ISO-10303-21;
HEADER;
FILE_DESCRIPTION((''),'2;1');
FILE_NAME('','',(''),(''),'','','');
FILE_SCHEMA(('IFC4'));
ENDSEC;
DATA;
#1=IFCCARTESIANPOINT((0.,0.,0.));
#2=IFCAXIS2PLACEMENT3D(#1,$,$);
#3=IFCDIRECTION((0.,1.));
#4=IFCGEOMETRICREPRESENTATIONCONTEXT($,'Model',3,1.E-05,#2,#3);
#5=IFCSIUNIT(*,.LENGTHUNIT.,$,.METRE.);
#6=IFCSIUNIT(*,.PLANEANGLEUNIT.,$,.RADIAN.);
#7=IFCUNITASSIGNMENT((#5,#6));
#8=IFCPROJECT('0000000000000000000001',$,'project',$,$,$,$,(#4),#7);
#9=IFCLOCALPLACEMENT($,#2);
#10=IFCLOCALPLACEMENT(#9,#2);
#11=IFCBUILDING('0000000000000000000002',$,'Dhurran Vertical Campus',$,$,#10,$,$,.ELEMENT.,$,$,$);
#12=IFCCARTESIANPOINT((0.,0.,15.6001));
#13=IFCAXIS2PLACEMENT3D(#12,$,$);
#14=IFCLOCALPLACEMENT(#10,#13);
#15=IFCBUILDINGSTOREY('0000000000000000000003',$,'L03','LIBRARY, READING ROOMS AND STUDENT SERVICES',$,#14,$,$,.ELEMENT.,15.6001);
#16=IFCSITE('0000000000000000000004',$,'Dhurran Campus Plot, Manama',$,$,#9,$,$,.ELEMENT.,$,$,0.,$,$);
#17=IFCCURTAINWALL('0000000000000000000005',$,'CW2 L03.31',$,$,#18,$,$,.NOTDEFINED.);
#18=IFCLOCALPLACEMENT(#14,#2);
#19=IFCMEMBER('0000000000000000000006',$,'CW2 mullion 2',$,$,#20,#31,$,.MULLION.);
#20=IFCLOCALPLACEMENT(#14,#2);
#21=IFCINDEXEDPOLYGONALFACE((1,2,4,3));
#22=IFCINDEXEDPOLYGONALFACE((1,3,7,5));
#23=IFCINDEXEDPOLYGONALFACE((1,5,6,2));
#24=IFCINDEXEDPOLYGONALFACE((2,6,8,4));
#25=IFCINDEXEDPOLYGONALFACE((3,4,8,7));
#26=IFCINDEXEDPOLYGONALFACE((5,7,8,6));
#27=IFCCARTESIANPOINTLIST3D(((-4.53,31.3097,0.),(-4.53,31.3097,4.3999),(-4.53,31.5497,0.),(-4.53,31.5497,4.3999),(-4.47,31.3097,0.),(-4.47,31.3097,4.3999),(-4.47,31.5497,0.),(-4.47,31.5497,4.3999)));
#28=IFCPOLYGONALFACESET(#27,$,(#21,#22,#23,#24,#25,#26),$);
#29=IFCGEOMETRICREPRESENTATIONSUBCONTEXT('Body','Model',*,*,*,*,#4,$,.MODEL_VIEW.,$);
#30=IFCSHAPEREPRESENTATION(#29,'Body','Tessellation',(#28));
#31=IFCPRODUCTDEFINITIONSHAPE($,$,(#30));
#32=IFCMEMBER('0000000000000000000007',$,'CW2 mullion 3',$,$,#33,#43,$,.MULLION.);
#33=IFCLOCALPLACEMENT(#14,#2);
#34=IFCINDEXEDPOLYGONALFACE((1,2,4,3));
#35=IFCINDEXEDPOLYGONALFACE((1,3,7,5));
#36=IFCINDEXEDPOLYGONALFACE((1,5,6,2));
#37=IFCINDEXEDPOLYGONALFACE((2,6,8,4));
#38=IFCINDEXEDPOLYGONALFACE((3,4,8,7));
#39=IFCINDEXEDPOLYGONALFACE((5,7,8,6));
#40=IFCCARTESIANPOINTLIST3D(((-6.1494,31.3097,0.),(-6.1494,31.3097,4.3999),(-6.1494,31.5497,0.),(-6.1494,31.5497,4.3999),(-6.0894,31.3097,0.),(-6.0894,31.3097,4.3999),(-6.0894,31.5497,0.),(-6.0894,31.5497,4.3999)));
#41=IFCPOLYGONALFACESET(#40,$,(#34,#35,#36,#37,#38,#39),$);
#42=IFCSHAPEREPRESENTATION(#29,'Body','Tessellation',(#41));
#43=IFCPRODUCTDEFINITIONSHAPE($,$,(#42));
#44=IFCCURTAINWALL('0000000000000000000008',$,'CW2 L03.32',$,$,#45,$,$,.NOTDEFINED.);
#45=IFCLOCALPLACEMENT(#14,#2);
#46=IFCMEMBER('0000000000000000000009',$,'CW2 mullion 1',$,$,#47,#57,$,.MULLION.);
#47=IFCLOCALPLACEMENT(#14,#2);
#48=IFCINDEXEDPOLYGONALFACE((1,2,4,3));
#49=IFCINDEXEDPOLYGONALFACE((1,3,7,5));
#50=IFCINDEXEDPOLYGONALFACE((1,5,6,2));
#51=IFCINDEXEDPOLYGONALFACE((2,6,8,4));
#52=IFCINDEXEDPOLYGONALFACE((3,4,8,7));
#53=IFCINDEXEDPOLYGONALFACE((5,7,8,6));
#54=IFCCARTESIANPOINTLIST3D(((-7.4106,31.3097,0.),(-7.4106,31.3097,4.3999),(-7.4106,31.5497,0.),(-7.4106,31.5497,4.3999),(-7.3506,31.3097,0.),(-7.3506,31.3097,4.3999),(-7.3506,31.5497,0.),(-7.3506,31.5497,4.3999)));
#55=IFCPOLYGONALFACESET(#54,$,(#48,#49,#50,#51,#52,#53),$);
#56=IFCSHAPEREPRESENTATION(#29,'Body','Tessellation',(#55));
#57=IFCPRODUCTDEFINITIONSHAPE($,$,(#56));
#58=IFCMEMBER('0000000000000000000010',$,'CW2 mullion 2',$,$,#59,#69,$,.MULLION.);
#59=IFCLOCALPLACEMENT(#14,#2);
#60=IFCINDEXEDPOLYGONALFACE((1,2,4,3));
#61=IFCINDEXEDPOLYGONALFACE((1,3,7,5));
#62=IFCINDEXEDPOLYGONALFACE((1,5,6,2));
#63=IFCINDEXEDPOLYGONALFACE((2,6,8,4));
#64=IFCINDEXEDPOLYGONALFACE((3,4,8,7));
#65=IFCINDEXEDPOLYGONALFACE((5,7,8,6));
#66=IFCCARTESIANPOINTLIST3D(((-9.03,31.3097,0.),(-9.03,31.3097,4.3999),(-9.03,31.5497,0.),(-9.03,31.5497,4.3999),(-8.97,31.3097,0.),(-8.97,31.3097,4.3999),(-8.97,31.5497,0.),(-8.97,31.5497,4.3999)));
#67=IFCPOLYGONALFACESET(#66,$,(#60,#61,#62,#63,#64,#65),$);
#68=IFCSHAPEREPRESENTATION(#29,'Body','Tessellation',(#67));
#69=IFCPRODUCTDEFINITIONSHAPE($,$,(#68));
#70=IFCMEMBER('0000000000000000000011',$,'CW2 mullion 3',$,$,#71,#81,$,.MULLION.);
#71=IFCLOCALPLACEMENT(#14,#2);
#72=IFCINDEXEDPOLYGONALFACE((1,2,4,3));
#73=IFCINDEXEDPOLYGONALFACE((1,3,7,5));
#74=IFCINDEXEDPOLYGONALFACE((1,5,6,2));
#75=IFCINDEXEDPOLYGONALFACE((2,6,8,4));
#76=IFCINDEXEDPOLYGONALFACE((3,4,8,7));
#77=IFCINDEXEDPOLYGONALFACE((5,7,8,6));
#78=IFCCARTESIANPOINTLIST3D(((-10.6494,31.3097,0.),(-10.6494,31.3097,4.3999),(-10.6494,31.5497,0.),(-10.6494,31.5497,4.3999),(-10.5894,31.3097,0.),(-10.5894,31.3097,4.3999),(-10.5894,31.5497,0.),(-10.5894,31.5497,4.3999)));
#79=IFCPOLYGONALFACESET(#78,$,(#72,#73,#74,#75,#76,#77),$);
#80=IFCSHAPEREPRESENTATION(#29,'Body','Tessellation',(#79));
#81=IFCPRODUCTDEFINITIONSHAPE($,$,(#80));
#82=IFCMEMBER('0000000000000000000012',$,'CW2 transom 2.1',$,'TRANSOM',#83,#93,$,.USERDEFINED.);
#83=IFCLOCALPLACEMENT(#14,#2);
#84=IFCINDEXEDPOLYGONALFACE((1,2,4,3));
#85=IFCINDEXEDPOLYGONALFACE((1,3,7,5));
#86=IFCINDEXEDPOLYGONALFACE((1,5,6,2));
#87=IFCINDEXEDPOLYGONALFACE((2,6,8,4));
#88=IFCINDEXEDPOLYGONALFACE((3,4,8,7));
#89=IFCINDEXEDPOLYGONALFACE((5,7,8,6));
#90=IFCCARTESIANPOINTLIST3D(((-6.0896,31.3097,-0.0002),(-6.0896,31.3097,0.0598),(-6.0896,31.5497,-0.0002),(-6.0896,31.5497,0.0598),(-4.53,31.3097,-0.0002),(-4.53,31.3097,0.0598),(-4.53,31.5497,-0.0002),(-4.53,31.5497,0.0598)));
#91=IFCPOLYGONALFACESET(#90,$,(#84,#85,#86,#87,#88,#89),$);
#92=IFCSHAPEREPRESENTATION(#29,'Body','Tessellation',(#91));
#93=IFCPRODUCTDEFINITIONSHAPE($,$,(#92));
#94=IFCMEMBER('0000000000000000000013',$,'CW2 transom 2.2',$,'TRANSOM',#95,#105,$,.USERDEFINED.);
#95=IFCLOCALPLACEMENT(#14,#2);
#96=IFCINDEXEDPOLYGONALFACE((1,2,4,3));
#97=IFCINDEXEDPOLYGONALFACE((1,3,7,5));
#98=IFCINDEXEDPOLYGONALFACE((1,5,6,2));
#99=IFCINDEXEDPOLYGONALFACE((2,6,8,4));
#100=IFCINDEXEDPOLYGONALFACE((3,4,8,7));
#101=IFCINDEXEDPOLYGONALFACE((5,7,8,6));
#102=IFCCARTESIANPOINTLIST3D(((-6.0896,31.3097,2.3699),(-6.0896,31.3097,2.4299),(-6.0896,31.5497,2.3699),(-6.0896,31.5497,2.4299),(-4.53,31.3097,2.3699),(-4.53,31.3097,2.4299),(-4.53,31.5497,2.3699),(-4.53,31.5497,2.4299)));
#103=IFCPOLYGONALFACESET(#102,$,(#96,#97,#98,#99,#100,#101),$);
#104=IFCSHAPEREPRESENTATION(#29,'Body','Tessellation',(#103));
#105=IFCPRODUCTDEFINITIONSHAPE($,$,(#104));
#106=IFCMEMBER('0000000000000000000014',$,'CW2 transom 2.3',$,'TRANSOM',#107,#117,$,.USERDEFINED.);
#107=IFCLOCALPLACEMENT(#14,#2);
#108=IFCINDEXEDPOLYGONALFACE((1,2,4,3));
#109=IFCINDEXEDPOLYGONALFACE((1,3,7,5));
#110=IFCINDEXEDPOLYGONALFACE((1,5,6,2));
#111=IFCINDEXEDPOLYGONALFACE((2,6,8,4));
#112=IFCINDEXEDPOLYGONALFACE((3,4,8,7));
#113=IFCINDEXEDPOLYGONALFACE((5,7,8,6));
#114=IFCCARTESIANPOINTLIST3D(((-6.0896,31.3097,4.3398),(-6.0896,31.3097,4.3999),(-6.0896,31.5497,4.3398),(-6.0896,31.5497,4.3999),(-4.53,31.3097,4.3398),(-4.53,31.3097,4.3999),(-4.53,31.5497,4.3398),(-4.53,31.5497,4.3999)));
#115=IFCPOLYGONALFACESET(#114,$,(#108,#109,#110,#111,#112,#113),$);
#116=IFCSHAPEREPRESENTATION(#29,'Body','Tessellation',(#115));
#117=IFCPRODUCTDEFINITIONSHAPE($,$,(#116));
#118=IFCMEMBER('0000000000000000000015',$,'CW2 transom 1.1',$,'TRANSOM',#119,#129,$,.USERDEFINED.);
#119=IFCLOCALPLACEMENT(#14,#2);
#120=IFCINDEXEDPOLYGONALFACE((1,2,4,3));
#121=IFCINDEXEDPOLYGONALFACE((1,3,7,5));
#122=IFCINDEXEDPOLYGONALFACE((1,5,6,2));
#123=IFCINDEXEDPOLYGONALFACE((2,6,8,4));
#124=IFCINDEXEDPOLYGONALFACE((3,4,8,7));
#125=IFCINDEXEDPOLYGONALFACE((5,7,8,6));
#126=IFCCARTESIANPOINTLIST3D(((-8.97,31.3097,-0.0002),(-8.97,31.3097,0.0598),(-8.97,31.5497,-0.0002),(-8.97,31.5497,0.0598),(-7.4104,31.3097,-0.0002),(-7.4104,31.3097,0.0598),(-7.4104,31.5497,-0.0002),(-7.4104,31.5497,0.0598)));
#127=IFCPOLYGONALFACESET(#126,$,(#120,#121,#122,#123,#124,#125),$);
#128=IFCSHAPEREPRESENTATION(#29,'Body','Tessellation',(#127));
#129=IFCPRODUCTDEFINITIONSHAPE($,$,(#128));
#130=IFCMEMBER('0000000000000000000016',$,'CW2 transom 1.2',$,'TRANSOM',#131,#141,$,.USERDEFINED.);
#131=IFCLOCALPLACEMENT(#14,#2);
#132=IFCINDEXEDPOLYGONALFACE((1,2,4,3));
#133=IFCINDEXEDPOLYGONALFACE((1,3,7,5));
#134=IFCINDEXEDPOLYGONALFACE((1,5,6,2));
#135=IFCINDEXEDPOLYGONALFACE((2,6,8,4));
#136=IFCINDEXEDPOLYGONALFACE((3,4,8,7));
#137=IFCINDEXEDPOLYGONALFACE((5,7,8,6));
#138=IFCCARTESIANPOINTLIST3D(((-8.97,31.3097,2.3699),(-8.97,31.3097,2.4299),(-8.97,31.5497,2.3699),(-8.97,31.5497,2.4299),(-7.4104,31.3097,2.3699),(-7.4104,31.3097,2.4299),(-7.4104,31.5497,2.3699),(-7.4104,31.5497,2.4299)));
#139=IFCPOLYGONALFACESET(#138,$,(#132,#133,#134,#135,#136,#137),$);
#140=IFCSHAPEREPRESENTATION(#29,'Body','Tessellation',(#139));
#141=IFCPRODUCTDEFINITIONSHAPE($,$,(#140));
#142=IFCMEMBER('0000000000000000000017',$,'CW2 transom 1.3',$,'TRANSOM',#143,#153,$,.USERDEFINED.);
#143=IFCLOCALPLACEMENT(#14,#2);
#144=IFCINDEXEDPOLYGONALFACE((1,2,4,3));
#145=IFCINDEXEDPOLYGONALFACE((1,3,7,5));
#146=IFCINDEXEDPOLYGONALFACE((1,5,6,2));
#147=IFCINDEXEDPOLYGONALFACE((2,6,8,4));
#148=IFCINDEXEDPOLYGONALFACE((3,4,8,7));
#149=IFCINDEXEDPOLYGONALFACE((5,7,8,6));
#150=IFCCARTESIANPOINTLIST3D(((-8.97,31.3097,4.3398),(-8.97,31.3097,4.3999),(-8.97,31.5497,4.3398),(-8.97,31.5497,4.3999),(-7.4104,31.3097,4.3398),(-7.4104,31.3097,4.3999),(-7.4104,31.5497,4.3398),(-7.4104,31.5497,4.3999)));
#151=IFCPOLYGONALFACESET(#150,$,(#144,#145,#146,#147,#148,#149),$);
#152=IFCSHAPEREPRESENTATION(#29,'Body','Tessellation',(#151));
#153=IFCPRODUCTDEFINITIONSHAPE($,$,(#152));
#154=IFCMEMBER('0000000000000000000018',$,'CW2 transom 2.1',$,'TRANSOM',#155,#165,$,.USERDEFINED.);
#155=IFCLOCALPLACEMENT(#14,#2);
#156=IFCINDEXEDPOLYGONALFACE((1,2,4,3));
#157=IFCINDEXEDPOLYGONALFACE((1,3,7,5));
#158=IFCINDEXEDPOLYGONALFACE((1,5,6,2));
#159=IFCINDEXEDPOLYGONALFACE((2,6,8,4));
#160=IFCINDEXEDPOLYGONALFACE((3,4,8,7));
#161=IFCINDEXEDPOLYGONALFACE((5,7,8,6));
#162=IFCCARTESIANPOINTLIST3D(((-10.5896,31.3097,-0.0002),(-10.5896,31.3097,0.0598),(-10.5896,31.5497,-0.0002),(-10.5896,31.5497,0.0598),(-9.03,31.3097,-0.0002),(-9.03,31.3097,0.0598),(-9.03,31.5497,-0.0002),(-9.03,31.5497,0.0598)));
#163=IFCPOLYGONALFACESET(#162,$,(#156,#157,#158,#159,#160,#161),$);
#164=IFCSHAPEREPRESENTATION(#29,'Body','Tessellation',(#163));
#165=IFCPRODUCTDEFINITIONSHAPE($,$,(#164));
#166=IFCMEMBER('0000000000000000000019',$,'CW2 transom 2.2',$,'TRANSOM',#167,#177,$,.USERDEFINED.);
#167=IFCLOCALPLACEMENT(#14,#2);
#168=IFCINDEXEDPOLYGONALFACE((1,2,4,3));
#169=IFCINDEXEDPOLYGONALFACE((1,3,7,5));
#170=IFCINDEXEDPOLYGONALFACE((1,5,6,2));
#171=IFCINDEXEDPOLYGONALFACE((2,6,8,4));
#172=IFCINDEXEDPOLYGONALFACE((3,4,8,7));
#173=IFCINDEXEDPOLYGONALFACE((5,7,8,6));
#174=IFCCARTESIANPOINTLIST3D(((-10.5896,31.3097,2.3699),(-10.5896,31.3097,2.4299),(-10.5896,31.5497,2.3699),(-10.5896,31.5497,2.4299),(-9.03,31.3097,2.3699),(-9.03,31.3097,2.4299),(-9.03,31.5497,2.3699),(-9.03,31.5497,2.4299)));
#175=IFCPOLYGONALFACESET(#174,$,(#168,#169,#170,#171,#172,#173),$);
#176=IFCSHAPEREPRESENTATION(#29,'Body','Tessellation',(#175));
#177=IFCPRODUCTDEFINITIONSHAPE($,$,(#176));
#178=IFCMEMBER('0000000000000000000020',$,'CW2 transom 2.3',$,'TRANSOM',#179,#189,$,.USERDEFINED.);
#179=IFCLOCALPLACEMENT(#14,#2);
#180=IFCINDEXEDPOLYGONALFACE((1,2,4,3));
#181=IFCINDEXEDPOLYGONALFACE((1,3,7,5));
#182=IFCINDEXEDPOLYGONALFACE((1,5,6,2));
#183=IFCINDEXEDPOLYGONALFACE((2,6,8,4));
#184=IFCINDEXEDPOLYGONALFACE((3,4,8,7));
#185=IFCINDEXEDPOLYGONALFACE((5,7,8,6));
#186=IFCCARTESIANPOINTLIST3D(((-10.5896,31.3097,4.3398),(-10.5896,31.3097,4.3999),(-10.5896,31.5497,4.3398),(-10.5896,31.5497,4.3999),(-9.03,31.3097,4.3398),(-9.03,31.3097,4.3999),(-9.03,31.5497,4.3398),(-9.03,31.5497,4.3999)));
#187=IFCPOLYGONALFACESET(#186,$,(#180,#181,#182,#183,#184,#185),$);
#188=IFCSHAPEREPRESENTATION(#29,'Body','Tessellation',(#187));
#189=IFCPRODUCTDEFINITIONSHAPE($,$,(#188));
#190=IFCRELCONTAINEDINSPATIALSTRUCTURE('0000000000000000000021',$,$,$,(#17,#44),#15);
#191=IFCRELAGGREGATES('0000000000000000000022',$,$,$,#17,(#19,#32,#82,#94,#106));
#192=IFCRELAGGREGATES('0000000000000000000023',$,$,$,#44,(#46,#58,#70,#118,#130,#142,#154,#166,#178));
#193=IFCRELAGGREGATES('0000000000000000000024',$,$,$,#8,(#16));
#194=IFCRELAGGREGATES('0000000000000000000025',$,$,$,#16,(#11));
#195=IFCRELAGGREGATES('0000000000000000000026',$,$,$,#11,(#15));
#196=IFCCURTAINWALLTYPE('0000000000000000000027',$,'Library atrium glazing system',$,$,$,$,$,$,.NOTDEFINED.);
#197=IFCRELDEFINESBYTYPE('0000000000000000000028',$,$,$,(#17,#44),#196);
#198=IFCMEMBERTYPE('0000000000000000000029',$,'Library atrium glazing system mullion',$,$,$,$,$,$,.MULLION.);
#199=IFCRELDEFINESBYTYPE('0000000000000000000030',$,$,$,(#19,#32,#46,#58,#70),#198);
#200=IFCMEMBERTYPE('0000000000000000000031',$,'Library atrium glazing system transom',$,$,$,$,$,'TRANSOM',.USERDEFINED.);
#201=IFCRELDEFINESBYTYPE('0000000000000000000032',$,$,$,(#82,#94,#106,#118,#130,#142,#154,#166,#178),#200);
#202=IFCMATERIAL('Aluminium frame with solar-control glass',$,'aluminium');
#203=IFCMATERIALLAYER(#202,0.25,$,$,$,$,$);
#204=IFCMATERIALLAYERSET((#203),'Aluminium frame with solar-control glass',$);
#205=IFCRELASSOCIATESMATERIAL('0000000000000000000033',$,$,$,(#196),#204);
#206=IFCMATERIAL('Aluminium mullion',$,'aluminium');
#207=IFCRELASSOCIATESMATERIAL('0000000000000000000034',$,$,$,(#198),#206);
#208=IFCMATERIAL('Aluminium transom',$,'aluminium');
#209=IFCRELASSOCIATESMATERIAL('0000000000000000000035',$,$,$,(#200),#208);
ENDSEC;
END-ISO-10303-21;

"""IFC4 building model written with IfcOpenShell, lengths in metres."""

from ifc_helpers import new_model, si_unit, direction, frame, origin, origin_2d, place, context, subcontext, project, spatial, rectangle, extrude, material, layer, layer_set, material_profile, profile_set, type_object, element, aggregate, save


model = new_model("IFC4")

# Units and contexts
model_context = context("Model", 3, precision=1e-05, world=origin(), true_north=direction((0.0, 1.0)))
body_context = subcontext(model_context, "Body", "Model", "MODEL_VIEW")
ifc_project = project(units=[si_unit("LENGTHUNIT", "METRE"), si_unit("PLANEANGLEUNIT", "RADIAN")], contexts=[model_context])

# Site, building, storey
site_placement = place(None, origin())
site = spatial("IfcSite", under=ifc_project, at=site_placement, Name="Dhurran Campus Plot, Manama", CompositionType="ELEMENT", RefElevation=0.0)
building_placement = place(site_placement, origin())
building = spatial("IfcBuilding", under=site, at=building_placement, Name="Dhurran Vertical Campus", CompositionType="ELEMENT")
storey_placement = place(building_placement, frame((0.0, 0.0, 15.6001)))
storey = spatial("IfcBuildingStorey", under=building, at=storey_placement, Name="L03", Description="LIBRARY, READING ROOMS AND STUDENT SERVICES", CompositionType="ELEMENT", Elevation=15.6001)

# Curtain walls, members
ifc_material_1 = material(Name="Aluminium frame with solar-control glass", Category="aluminium")
ifc_layer_1 = layer(ifc_material_1, 0.25)
ifc_layer_set_1 = layer_set([ifc_layer_1], Name="Aluminium frame with solar-control glass")
curtain_wall_type = type_object("IfcCurtainWallType", Name="Library atrium glazing system", PredefinedType="NOTDEFINED", material=ifc_layer_set_1)
curtain_wall_1_placement = place(storey_placement, origin())
curtain_wall_1 = element("IfcCurtainWall", 1, at=curtain_wall_1_placement, inside=storey, type_object=curtain_wall_type, Name="CW2 L03.31", PredefinedType="NOTDEFINED")
ifc_material_2 = material(Name="Aluminium mullion", Category="aluminium")
ifc_material_profile_1 = material_profile(ifc_material_2, rectangle(XDim=0.24, YDim=0.0601, at=origin_2d()), Name="Library atrium glazing system mullion")
ifc_profile_set_1 = profile_set([ifc_material_profile_1], Name="Aluminium mullion")
member_type_1 = type_object("IfcMemberType", Name="Library atrium glazing system mullion", PredefinedType="MULLION", material=ifc_profile_set_1)
member_1_placement = place(storey_placement, frame((-4.5, 31.4297, 0.0), z_axis=(0.0, 0.0, 1.0), x_axis=(0.0, -1.0, 0.0)))
member_1 = element("IfcMember", 2, at=member_1_placement, type_object=member_type_1, Name="CW2 mullion 2", PredefinedType="MULLION", context=body_context, shape_type="SweptSolid", body=[
    extrude(rectangle(XDim=0.24, YDim=0.0601, at=origin_2d()), origin(), (0.0, 0.0, 1.0), 4.3999),
])
member_2_placement = place(storey_placement, frame((-6.1194, 31.4297, 0.0), z_axis=(0.0, 0.0, 1.0), x_axis=(0.0, -1.0, 0.0)))
member_2 = element("IfcMember", 3, at=member_2_placement, type_object=member_type_1, Name="CW2 mullion 3", PredefinedType="MULLION", context=body_context, shape_type="SweptSolid", body=[
    extrude(rectangle(XDim=0.24, YDim=0.0601, at=origin_2d()), origin(), (0.0, 0.0, 1.0), 4.3999),
])
curtain_wall_2_placement = place(storey_placement, origin())
curtain_wall_2 = element("IfcCurtainWall", 4, at=curtain_wall_2_placement, inside=storey, type_object=curtain_wall_type, Name="CW2 L03.32", PredefinedType="NOTDEFINED")
member_3_placement = place(storey_placement, frame((-7.3806, 31.4297, 0.0), z_axis=(0.0, 0.0, 1.0), x_axis=(0.0, -1.0, 0.0)))
member_3 = element("IfcMember", 5, at=member_3_placement, type_object=member_type_1, Name="CW2 mullion 1", PredefinedType="MULLION", context=body_context, shape_type="SweptSolid", body=[
    extrude(rectangle(XDim=0.24, YDim=0.0601, at=origin_2d()), origin(), (0.0, 0.0, 1.0), 4.3999),
])
member_4_placement = place(storey_placement, frame((-9.0, 31.4297, 0.0), z_axis=(0.0, 0.0, 1.0), x_axis=(0.0, -1.0, 0.0)))
member_4 = element("IfcMember", 6, at=member_4_placement, type_object=member_type_1, Name="CW2 mullion 2", PredefinedType="MULLION", context=body_context, shape_type="SweptSolid", body=[
    extrude(rectangle(XDim=0.24, YDim=0.0601, at=origin_2d()), origin(), (0.0, 0.0, 1.0), 4.3999),
])
member_5_placement = place(storey_placement, frame((-10.6194, 31.4297, 0.0), z_axis=(0.0, 0.0, 1.0), x_axis=(0.0, -1.0, 0.0)))
member_5 = element("IfcMember", 7, at=member_5_placement, type_object=member_type_1, Name="CW2 mullion 3", PredefinedType="MULLION", context=body_context, shape_type="SweptSolid", body=[
    extrude(rectangle(XDim=0.24, YDim=0.0601, at=origin_2d()), origin(), (0.0, 0.0, 1.0), 4.3999),
])

# Members
ifc_material_3 = material(Name="Aluminium transom", Category="aluminium")
ifc_material_profile_2 = material_profile(ifc_material_3, rectangle(XDim=0.24, YDim=0.0601, at=origin_2d()), Name="Library atrium glazing system transom")
ifc_profile_set_2 = profile_set([ifc_material_profile_2], Name="Aluminium transom")
member_type_2 = type_object("IfcMemberType", Name="Library atrium glazing system transom", ElementType="TRANSOM", PredefinedType="USERDEFINED", material=ifc_profile_set_2)
member_6_placement = place(storey_placement, frame((-4.53, 31.4297, 0.0298), z_axis=(-1.0, 0.0, 0.0), x_axis=(0.0, -1.0, 0.0)))
member_6 = element("IfcMember", 8, at=member_6_placement, type_object=member_type_2, Name="CW2 transom 2.1", ObjectType="TRANSOM", PredefinedType="USERDEFINED", context=body_context, shape_type="SweptSolid", body=[
    extrude(rectangle(XDim=0.24, YDim=0.0601, at=origin_2d()), origin(), (0.0, 0.0, 1.0), 1.5596),
])
member_7_placement = place(storey_placement, frame((-4.53, 31.4297, 2.3999), z_axis=(-1.0, 0.0, 0.0), x_axis=(0.0, -1.0, 0.0)))
member_7 = element("IfcMember", 9, at=member_7_placement, type_object=member_type_2, Name="CW2 transom 2.2", ObjectType="TRANSOM", PredefinedType="USERDEFINED", context=body_context, shape_type="SweptSolid", body=[
    extrude(rectangle(XDim=0.24, YDim=0.0601, at=origin_2d()), origin(), (0.0, 0.0, 1.0), 1.5596),
])
member_8_placement = place(storey_placement, frame((-4.53, 31.4297, 4.3699), z_axis=(-1.0, 0.0, 0.0), x_axis=(0.0, -1.0, 0.0)))
member_8 = element("IfcMember", 10, at=member_8_placement, type_object=member_type_2, Name="CW2 transom 2.3", ObjectType="TRANSOM", PredefinedType="USERDEFINED", context=body_context, shape_type="SweptSolid", body=[
    extrude(rectangle(XDim=0.24, YDim=0.0601, at=origin_2d()), origin(), (0.0, 0.0, 1.0), 1.5596),
])
member_9_placement = place(storey_placement, frame((-7.4104, 31.4297, 0.0298), z_axis=(-1.0, 0.0, 0.0), x_axis=(0.0, -1.0, 0.0)))
member_9 = element("IfcMember", 11, at=member_9_placement, type_object=member_type_2, Name="CW2 transom 1.1", ObjectType="TRANSOM", PredefinedType="USERDEFINED", context=body_context, shape_type="SweptSolid", body=[
    extrude(rectangle(XDim=0.24, YDim=0.0601, at=origin_2d()), origin(), (0.0, 0.0, 1.0), 1.5596),
])
member_10_placement = place(storey_placement, frame((-7.4104, 31.4297, 2.3999), z_axis=(-1.0, 0.0, 0.0), x_axis=(0.0, -1.0, 0.0)))
member_10 = element("IfcMember", 12, at=member_10_placement, type_object=member_type_2, Name="CW2 transom 1.2", ObjectType="TRANSOM", PredefinedType="USERDEFINED", context=body_context, shape_type="SweptSolid", body=[
    extrude(rectangle(XDim=0.24, YDim=0.0601, at=origin_2d()), origin(), (0.0, 0.0, 1.0), 1.5596),
])
member_11_placement = place(storey_placement, frame((-7.4104, 31.4297, 4.3699), z_axis=(-1.0, 0.0, 0.0), x_axis=(0.0, -1.0, 0.0)))
member_11 = element("IfcMember", 13, at=member_11_placement, type_object=member_type_2, Name="CW2 transom 1.3", ObjectType="TRANSOM", PredefinedType="USERDEFINED", context=body_context, shape_type="SweptSolid", body=[
    extrude(rectangle(XDim=0.24, YDim=0.0601, at=origin_2d()), origin(), (0.0, 0.0, 1.0), 1.5596),
])
member_12_placement = place(storey_placement, frame((-9.03, 31.4297, 0.0298), z_axis=(-1.0, 0.0, 0.0), x_axis=(0.0, -1.0, 0.0)))
member_12 = element("IfcMember", 14, at=member_12_placement, type_object=member_type_2, Name="CW2 transom 2.1", ObjectType="TRANSOM", PredefinedType="USERDEFINED", context=body_context, shape_type="SweptSolid", body=[
    extrude(rectangle(XDim=0.24, YDim=0.0601, at=origin_2d()), origin(), (0.0, 0.0, 1.0), 1.5596),
])
member_13_placement = place(storey_placement, frame((-9.03, 31.4297, 2.3999), z_axis=(-1.0, 0.0, 0.0), x_axis=(0.0, -1.0, 0.0)))
member_13 = element("IfcMember", 15, at=member_13_placement, type_object=member_type_2, Name="CW2 transom 2.2", ObjectType="TRANSOM", PredefinedType="USERDEFINED", context=body_context, shape_type="SweptSolid", body=[
    extrude(rectangle(XDim=0.24, YDim=0.0601, at=origin_2d()), origin(), (0.0, 0.0, 1.0), 1.5596),
])
member_14_placement = place(storey_placement, frame((-9.03, 31.4297, 4.3699), z_axis=(-1.0, 0.0, 0.0), x_axis=(0.0, -1.0, 0.0)))
member_14 = element("IfcMember", 16, at=member_14_placement, type_object=member_type_2, Name="CW2 transom 2.3", ObjectType="TRANSOM", PredefinedType="USERDEFINED", context=body_context, shape_type="SweptSolid", body=[
    extrude(rectangle(XDim=0.24, YDim=0.0601, at=origin_2d()), origin(), (0.0, 0.0, 1.0), 1.5596),
])

aggregate(curtain_wall_1, [member_1, member_2, member_6, member_7, member_8])
aggregate(curtain_wall_2, [member_3, member_4, member_5, member_9, member_10, member_11, member_12, member_13, member_14])

save(model, "model.ifc")
